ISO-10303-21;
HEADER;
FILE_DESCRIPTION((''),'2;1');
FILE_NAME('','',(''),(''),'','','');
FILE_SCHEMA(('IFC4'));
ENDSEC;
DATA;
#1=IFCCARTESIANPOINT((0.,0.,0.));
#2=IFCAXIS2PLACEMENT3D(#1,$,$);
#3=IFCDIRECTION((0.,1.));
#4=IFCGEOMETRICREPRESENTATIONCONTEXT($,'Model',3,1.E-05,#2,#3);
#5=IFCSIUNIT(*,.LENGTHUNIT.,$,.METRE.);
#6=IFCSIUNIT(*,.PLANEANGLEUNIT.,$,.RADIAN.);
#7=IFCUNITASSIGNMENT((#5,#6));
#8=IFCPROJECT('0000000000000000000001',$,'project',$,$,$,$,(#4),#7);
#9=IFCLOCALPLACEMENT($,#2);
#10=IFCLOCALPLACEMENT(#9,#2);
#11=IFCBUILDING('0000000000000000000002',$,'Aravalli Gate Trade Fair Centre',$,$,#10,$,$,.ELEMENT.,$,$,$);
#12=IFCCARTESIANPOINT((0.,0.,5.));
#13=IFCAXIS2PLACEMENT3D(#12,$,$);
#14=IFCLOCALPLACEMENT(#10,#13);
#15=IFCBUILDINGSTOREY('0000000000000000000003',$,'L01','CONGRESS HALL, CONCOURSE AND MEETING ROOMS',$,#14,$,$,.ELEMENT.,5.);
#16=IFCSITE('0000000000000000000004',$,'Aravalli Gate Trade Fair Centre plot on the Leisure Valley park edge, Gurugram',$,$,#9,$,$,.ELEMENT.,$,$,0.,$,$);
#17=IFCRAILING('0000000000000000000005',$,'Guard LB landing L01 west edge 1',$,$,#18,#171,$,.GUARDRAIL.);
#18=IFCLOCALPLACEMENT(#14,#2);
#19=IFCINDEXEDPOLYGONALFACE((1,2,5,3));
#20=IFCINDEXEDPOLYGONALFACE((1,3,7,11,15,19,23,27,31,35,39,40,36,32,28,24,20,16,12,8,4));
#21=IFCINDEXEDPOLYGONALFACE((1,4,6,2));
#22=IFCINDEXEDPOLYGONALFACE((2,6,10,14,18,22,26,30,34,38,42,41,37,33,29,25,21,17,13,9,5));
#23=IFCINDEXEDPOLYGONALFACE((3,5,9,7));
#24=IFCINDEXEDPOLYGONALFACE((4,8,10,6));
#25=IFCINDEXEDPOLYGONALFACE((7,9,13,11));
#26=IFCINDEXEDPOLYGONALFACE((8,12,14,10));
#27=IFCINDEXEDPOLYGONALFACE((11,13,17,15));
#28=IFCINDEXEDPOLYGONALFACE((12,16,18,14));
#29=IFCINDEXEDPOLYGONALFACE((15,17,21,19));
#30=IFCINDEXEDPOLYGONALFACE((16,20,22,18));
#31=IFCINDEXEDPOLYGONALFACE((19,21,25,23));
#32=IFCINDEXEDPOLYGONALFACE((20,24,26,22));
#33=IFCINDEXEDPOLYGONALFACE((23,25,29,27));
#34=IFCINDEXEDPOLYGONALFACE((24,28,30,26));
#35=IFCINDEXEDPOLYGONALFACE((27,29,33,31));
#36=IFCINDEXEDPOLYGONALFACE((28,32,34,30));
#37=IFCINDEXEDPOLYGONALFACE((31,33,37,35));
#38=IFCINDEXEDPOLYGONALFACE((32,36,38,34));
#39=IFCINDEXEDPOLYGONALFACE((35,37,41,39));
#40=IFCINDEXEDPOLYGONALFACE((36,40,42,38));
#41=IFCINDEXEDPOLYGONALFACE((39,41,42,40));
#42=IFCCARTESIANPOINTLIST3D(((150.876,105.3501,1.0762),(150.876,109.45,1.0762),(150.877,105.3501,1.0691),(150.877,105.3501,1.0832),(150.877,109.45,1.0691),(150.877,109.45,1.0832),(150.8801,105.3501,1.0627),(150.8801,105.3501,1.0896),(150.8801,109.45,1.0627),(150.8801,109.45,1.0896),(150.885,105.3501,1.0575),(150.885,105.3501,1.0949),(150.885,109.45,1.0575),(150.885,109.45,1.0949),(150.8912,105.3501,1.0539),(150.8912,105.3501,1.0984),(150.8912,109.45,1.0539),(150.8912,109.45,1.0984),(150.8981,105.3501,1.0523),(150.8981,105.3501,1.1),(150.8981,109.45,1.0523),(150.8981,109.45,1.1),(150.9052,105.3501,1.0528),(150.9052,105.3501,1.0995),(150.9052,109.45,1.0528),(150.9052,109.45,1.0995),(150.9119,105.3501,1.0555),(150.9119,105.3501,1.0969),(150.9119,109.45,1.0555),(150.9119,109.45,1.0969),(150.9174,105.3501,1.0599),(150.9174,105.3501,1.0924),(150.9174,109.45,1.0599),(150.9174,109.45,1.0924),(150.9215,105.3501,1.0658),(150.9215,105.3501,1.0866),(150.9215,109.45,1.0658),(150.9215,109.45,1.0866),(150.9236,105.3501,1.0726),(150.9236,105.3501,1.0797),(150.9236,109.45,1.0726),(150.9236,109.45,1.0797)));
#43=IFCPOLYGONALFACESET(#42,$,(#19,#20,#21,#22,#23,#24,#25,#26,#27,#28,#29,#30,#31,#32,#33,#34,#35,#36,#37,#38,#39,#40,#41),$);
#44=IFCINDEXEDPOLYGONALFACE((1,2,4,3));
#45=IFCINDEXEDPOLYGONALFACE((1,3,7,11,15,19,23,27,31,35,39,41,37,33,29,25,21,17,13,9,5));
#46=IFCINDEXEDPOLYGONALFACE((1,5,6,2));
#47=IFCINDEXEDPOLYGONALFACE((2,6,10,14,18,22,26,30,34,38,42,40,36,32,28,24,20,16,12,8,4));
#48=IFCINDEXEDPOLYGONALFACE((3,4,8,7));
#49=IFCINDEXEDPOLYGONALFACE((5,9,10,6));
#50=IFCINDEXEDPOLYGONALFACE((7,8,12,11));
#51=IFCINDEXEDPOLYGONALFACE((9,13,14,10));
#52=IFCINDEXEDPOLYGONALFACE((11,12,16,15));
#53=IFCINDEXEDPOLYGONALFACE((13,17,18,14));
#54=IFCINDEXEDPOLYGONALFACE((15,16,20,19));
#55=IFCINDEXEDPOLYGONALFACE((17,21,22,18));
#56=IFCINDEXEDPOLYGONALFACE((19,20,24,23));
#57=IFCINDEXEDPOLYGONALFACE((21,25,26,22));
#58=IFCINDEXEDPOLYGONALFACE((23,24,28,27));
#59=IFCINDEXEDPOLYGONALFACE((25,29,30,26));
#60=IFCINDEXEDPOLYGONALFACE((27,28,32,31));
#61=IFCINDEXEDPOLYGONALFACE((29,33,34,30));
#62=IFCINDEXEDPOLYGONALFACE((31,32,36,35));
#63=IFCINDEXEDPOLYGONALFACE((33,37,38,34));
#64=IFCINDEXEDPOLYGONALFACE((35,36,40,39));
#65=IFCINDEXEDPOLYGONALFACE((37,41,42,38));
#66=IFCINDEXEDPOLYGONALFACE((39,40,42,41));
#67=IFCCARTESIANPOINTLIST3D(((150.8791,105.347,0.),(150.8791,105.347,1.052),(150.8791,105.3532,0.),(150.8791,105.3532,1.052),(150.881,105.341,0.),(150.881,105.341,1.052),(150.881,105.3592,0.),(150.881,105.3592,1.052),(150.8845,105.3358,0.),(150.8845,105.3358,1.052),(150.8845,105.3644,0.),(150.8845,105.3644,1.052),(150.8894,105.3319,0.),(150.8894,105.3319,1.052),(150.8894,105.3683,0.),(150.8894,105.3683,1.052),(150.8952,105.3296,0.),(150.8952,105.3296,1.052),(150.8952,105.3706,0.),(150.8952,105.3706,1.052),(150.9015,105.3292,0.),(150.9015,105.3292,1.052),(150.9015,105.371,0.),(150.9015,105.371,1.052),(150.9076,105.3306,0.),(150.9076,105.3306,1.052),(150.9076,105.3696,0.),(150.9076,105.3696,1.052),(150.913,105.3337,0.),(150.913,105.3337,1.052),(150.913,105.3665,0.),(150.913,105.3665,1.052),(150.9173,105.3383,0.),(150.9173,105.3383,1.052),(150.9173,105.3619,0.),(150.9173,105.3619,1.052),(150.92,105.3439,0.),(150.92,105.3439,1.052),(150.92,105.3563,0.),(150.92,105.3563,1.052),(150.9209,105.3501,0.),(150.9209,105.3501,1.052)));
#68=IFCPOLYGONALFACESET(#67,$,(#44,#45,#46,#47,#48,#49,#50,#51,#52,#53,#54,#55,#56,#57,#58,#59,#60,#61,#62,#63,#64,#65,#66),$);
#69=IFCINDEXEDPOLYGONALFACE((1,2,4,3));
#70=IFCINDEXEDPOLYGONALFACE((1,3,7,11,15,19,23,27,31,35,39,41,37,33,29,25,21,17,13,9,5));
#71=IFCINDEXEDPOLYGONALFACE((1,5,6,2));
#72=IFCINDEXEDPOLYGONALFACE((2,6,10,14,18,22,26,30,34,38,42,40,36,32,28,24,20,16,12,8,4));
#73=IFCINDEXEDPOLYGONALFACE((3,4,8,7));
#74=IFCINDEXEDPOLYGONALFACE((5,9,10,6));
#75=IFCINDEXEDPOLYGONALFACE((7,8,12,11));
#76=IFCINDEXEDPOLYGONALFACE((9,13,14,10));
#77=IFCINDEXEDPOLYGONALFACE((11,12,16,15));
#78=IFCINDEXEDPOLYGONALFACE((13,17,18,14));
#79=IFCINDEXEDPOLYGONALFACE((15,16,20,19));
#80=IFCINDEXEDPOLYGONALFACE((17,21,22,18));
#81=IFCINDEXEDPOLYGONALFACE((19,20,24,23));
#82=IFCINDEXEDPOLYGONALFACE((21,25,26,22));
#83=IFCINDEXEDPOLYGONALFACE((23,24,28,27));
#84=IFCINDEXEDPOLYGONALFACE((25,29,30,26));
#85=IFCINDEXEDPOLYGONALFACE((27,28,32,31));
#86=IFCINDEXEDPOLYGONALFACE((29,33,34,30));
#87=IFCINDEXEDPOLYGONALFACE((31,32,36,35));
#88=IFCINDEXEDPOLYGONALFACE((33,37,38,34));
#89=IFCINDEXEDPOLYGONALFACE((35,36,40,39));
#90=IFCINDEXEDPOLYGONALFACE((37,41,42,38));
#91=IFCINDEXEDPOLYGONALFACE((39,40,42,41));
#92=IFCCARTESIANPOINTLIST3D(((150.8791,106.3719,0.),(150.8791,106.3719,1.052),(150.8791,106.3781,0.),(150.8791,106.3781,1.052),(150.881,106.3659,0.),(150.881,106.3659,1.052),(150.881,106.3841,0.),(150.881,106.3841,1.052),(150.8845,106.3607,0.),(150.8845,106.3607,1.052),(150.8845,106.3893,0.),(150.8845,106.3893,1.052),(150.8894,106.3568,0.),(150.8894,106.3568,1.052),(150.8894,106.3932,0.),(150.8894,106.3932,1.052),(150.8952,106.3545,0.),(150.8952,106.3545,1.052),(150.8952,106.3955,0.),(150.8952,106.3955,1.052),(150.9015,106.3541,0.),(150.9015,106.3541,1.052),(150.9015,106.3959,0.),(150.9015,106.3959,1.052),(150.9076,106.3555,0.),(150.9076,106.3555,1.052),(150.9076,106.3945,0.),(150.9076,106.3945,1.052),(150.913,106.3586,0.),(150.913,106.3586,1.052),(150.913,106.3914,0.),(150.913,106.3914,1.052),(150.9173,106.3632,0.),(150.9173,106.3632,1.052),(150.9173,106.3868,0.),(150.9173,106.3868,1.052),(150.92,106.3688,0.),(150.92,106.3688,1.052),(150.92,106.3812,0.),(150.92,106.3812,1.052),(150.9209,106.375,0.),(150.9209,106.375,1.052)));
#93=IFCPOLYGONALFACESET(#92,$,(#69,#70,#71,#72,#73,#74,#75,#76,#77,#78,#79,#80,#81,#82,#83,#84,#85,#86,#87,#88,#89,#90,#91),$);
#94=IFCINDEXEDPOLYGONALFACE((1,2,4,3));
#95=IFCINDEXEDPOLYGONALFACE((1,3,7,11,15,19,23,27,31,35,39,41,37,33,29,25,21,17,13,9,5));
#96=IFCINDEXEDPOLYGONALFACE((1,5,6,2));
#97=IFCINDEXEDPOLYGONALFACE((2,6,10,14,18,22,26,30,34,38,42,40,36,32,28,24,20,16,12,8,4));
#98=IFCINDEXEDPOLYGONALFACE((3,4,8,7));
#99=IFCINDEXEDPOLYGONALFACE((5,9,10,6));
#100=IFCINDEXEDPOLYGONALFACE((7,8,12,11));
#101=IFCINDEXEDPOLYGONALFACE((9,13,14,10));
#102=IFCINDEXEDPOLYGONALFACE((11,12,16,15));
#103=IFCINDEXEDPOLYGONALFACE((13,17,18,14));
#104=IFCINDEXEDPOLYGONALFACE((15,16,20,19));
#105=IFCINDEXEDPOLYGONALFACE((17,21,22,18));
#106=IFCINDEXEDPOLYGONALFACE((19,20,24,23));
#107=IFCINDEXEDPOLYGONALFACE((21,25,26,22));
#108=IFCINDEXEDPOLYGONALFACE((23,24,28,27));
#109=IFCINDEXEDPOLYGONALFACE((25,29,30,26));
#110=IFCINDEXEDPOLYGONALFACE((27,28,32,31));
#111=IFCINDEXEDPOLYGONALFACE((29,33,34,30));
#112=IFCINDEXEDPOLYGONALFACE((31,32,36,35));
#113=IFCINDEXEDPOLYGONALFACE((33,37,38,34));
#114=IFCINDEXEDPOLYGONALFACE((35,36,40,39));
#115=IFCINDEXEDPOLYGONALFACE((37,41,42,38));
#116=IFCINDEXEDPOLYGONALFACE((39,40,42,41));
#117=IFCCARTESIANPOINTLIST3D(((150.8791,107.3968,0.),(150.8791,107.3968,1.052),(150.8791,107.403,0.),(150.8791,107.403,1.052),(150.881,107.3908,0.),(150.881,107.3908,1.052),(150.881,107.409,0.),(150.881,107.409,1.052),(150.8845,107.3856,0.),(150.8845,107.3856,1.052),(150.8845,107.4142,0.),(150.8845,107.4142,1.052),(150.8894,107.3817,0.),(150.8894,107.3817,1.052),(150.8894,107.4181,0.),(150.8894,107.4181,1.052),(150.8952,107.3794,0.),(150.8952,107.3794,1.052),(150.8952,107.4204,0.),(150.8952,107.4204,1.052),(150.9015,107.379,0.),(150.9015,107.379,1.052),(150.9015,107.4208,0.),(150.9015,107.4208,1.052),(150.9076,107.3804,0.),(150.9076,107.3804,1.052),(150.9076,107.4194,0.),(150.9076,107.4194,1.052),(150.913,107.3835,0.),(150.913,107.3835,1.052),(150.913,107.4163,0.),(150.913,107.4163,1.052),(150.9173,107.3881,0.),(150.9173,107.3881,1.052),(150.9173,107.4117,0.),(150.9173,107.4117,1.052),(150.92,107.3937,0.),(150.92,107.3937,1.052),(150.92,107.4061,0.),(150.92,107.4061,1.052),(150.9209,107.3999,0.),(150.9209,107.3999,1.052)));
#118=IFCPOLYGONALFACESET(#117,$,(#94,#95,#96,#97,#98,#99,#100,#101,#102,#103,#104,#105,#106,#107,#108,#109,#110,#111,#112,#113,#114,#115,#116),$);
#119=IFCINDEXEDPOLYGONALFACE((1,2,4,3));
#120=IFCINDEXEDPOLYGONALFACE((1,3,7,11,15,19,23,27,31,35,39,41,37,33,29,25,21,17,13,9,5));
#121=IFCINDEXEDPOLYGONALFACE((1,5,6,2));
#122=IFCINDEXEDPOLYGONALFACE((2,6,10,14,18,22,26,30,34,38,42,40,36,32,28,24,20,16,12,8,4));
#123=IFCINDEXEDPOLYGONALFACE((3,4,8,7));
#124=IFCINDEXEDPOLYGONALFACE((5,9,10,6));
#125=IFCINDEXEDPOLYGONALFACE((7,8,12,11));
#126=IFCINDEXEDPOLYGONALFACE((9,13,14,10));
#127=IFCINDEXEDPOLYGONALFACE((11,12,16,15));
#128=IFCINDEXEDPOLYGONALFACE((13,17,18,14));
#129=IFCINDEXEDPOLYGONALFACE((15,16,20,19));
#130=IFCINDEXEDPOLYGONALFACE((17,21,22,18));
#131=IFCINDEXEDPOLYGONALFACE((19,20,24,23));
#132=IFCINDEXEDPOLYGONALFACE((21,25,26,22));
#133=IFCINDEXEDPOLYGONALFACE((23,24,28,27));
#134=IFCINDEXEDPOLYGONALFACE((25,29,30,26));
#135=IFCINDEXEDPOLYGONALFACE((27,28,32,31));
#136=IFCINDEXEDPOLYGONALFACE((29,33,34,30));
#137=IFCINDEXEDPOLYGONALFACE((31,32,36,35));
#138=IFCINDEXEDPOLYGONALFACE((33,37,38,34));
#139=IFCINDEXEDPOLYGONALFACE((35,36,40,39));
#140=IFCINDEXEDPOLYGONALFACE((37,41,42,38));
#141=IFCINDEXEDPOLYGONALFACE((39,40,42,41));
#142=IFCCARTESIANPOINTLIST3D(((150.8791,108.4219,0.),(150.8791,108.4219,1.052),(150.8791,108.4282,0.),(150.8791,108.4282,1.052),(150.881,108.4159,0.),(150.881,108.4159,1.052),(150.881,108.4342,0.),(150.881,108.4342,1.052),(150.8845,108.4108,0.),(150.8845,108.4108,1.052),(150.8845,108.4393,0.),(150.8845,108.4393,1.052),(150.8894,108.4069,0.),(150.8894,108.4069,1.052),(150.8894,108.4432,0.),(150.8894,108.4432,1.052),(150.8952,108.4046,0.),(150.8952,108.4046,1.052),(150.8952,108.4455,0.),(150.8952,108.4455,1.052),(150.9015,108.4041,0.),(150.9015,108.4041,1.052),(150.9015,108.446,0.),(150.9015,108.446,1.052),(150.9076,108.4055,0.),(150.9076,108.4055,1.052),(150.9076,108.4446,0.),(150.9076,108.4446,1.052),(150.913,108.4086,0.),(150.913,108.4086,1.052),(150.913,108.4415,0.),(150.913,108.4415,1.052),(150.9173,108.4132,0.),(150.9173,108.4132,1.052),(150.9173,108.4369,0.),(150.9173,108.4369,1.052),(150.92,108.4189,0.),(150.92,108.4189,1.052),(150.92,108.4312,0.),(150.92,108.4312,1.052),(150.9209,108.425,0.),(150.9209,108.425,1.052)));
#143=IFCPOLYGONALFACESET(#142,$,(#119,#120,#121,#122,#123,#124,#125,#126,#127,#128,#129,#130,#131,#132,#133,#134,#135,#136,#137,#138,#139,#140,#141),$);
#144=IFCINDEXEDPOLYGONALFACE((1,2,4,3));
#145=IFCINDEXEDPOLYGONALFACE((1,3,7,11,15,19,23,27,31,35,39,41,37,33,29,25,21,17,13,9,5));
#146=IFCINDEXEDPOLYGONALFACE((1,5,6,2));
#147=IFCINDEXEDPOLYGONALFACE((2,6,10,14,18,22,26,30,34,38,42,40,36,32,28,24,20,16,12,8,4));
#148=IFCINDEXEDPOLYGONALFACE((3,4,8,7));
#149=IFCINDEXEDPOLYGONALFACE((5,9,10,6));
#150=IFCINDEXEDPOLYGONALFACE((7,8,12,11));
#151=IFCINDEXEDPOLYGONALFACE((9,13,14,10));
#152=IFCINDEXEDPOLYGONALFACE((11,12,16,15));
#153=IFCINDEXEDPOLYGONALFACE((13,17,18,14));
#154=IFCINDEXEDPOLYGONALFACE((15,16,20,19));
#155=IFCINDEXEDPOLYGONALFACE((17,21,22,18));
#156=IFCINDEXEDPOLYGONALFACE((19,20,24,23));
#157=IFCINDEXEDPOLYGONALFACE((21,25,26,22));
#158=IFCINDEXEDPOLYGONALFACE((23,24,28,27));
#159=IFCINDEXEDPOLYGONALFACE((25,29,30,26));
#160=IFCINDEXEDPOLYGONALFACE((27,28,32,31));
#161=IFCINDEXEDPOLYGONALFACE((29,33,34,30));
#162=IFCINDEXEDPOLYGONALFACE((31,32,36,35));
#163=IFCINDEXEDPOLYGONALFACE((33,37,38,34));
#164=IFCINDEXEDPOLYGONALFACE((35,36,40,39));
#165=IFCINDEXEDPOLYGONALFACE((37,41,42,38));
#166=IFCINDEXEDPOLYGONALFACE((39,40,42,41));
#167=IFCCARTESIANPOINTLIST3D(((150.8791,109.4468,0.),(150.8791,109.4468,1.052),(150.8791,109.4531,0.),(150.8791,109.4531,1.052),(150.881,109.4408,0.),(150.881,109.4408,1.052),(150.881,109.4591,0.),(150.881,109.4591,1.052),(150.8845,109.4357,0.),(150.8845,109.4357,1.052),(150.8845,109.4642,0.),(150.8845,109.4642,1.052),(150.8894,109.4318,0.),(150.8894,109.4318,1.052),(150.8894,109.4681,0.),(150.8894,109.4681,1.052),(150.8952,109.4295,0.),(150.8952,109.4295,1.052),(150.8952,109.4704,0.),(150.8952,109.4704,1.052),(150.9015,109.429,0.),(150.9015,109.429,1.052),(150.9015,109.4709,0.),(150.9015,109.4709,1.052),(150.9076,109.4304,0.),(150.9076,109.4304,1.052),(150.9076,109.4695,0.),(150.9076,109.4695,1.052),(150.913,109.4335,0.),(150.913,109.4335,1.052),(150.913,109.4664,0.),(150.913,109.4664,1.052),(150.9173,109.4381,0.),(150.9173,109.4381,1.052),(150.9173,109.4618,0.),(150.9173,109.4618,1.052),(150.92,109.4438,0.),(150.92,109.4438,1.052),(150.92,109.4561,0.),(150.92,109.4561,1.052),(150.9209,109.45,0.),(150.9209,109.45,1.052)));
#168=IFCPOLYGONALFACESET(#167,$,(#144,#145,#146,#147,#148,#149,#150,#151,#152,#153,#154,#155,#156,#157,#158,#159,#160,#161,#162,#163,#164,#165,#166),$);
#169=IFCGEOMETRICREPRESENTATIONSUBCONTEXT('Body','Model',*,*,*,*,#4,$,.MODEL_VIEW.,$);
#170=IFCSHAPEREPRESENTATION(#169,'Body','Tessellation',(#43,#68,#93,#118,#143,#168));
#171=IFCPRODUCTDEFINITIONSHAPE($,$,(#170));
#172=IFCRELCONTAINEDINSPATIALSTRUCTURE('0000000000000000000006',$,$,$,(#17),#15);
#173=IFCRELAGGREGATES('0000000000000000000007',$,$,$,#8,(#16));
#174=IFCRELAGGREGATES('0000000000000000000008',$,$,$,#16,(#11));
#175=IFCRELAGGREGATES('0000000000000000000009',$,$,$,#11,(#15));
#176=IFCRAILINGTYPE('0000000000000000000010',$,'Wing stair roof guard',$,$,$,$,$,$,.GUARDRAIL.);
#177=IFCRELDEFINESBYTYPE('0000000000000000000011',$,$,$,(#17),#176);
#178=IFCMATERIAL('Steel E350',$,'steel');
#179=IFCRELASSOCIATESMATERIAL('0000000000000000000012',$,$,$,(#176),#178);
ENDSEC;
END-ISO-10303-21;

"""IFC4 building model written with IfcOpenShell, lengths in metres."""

from ifc_helpers import new_model, si_unit, direction, frame, origin, origin_2d, place, context, subcontext, project, spatial, circle, extrude, material, type_object, element, save


model = new_model("IFC4")

# Units and contexts
model_context = context("Model", 3, precision=1e-05, world=origin(), true_north=direction((0.0, 1.0)))
body_context = subcontext(model_context, "Body", "Model", "MODEL_VIEW")
ifc_project = project(units=[si_unit("LENGTHUNIT", "METRE"), si_unit("PLANEANGLEUNIT", "RADIAN")], contexts=[model_context])

# Site, building, storey
site_placement = place(None, origin())
site = spatial("IfcSite", under=ifc_project, at=site_placement, Name="Aravalli Gate Trade Fair Centre plot on the Leisure Valley park edge, Gurugram", CompositionType="ELEMENT", RefElevation=0.0)
building_placement = place(site_placement, origin())
building = spatial("IfcBuilding", under=site, at=building_placement, Name="Aravalli Gate Trade Fair Centre", CompositionType="ELEMENT")
storey_placement = place(building_placement, frame((0.0, 0.0, 5.0)))
storey = spatial("IfcBuildingStorey", under=building, at=storey_placement, Name="L01", Description="CONGRESS HALL, CONCOURSE AND MEETING ROOMS", CompositionType="ELEMENT", Elevation=5.0)

# Shared definitions
ifc_material_1 = material(Name="Steel E350", Category="steel")

# Railing
railing_type_1 = type_object("IfcRailingType", Name="Wing stair roof guard", PredefinedType="GUARDRAIL", material=ifc_material_1)
for number, where, name in (
    (1, (150.8999, 105.3501, 0.0), "Guard LB landing L01 west edge 1"),
):
    element("IfcRailing", number, at=place(storey_placement, frame(where)), inside=storey, type_object=railing_type_1, Name=name, PredefinedType="GUARDRAIL", context=body_context, shape_type="SweptSolid", body=[
        extrude(circle(Radius=0.0239, at=origin_2d()), frame((0.0, 0.0, 1.0762), z_axis=(0.0, 1.0, 0.0), x_axis=(-1.0, 0.0, 0.0)), (0.0, 0.0, 1.0), 4.0999),
        extrude(circle(Radius=0.021, at=origin_2d()), origin(), (0.0, 0.0, 1.0), 1.052),
        extrude(circle(Radius=0.021, at=origin_2d()), frame((0.0, 1.0249, 0.0)), (0.0, 0.0, 1.0), 1.052),
        extrude(circle(Radius=0.021, at=origin_2d()), frame((0.0, 2.0498, 0.0)), (0.0, 0.0, 1.0), 1.052),
        extrude(circle(Radius=0.021, at=origin_2d()), frame((0.0, 3.075, 0.0)), (0.0, 0.0, 1.0), 1.052),
        extrude(circle(Radius=0.021, at=origin_2d()), frame((0.0, 4.0999, 0.0)), (0.0, 0.0, 1.0), 1.052),
    ])

save(model, "model.ifc")
